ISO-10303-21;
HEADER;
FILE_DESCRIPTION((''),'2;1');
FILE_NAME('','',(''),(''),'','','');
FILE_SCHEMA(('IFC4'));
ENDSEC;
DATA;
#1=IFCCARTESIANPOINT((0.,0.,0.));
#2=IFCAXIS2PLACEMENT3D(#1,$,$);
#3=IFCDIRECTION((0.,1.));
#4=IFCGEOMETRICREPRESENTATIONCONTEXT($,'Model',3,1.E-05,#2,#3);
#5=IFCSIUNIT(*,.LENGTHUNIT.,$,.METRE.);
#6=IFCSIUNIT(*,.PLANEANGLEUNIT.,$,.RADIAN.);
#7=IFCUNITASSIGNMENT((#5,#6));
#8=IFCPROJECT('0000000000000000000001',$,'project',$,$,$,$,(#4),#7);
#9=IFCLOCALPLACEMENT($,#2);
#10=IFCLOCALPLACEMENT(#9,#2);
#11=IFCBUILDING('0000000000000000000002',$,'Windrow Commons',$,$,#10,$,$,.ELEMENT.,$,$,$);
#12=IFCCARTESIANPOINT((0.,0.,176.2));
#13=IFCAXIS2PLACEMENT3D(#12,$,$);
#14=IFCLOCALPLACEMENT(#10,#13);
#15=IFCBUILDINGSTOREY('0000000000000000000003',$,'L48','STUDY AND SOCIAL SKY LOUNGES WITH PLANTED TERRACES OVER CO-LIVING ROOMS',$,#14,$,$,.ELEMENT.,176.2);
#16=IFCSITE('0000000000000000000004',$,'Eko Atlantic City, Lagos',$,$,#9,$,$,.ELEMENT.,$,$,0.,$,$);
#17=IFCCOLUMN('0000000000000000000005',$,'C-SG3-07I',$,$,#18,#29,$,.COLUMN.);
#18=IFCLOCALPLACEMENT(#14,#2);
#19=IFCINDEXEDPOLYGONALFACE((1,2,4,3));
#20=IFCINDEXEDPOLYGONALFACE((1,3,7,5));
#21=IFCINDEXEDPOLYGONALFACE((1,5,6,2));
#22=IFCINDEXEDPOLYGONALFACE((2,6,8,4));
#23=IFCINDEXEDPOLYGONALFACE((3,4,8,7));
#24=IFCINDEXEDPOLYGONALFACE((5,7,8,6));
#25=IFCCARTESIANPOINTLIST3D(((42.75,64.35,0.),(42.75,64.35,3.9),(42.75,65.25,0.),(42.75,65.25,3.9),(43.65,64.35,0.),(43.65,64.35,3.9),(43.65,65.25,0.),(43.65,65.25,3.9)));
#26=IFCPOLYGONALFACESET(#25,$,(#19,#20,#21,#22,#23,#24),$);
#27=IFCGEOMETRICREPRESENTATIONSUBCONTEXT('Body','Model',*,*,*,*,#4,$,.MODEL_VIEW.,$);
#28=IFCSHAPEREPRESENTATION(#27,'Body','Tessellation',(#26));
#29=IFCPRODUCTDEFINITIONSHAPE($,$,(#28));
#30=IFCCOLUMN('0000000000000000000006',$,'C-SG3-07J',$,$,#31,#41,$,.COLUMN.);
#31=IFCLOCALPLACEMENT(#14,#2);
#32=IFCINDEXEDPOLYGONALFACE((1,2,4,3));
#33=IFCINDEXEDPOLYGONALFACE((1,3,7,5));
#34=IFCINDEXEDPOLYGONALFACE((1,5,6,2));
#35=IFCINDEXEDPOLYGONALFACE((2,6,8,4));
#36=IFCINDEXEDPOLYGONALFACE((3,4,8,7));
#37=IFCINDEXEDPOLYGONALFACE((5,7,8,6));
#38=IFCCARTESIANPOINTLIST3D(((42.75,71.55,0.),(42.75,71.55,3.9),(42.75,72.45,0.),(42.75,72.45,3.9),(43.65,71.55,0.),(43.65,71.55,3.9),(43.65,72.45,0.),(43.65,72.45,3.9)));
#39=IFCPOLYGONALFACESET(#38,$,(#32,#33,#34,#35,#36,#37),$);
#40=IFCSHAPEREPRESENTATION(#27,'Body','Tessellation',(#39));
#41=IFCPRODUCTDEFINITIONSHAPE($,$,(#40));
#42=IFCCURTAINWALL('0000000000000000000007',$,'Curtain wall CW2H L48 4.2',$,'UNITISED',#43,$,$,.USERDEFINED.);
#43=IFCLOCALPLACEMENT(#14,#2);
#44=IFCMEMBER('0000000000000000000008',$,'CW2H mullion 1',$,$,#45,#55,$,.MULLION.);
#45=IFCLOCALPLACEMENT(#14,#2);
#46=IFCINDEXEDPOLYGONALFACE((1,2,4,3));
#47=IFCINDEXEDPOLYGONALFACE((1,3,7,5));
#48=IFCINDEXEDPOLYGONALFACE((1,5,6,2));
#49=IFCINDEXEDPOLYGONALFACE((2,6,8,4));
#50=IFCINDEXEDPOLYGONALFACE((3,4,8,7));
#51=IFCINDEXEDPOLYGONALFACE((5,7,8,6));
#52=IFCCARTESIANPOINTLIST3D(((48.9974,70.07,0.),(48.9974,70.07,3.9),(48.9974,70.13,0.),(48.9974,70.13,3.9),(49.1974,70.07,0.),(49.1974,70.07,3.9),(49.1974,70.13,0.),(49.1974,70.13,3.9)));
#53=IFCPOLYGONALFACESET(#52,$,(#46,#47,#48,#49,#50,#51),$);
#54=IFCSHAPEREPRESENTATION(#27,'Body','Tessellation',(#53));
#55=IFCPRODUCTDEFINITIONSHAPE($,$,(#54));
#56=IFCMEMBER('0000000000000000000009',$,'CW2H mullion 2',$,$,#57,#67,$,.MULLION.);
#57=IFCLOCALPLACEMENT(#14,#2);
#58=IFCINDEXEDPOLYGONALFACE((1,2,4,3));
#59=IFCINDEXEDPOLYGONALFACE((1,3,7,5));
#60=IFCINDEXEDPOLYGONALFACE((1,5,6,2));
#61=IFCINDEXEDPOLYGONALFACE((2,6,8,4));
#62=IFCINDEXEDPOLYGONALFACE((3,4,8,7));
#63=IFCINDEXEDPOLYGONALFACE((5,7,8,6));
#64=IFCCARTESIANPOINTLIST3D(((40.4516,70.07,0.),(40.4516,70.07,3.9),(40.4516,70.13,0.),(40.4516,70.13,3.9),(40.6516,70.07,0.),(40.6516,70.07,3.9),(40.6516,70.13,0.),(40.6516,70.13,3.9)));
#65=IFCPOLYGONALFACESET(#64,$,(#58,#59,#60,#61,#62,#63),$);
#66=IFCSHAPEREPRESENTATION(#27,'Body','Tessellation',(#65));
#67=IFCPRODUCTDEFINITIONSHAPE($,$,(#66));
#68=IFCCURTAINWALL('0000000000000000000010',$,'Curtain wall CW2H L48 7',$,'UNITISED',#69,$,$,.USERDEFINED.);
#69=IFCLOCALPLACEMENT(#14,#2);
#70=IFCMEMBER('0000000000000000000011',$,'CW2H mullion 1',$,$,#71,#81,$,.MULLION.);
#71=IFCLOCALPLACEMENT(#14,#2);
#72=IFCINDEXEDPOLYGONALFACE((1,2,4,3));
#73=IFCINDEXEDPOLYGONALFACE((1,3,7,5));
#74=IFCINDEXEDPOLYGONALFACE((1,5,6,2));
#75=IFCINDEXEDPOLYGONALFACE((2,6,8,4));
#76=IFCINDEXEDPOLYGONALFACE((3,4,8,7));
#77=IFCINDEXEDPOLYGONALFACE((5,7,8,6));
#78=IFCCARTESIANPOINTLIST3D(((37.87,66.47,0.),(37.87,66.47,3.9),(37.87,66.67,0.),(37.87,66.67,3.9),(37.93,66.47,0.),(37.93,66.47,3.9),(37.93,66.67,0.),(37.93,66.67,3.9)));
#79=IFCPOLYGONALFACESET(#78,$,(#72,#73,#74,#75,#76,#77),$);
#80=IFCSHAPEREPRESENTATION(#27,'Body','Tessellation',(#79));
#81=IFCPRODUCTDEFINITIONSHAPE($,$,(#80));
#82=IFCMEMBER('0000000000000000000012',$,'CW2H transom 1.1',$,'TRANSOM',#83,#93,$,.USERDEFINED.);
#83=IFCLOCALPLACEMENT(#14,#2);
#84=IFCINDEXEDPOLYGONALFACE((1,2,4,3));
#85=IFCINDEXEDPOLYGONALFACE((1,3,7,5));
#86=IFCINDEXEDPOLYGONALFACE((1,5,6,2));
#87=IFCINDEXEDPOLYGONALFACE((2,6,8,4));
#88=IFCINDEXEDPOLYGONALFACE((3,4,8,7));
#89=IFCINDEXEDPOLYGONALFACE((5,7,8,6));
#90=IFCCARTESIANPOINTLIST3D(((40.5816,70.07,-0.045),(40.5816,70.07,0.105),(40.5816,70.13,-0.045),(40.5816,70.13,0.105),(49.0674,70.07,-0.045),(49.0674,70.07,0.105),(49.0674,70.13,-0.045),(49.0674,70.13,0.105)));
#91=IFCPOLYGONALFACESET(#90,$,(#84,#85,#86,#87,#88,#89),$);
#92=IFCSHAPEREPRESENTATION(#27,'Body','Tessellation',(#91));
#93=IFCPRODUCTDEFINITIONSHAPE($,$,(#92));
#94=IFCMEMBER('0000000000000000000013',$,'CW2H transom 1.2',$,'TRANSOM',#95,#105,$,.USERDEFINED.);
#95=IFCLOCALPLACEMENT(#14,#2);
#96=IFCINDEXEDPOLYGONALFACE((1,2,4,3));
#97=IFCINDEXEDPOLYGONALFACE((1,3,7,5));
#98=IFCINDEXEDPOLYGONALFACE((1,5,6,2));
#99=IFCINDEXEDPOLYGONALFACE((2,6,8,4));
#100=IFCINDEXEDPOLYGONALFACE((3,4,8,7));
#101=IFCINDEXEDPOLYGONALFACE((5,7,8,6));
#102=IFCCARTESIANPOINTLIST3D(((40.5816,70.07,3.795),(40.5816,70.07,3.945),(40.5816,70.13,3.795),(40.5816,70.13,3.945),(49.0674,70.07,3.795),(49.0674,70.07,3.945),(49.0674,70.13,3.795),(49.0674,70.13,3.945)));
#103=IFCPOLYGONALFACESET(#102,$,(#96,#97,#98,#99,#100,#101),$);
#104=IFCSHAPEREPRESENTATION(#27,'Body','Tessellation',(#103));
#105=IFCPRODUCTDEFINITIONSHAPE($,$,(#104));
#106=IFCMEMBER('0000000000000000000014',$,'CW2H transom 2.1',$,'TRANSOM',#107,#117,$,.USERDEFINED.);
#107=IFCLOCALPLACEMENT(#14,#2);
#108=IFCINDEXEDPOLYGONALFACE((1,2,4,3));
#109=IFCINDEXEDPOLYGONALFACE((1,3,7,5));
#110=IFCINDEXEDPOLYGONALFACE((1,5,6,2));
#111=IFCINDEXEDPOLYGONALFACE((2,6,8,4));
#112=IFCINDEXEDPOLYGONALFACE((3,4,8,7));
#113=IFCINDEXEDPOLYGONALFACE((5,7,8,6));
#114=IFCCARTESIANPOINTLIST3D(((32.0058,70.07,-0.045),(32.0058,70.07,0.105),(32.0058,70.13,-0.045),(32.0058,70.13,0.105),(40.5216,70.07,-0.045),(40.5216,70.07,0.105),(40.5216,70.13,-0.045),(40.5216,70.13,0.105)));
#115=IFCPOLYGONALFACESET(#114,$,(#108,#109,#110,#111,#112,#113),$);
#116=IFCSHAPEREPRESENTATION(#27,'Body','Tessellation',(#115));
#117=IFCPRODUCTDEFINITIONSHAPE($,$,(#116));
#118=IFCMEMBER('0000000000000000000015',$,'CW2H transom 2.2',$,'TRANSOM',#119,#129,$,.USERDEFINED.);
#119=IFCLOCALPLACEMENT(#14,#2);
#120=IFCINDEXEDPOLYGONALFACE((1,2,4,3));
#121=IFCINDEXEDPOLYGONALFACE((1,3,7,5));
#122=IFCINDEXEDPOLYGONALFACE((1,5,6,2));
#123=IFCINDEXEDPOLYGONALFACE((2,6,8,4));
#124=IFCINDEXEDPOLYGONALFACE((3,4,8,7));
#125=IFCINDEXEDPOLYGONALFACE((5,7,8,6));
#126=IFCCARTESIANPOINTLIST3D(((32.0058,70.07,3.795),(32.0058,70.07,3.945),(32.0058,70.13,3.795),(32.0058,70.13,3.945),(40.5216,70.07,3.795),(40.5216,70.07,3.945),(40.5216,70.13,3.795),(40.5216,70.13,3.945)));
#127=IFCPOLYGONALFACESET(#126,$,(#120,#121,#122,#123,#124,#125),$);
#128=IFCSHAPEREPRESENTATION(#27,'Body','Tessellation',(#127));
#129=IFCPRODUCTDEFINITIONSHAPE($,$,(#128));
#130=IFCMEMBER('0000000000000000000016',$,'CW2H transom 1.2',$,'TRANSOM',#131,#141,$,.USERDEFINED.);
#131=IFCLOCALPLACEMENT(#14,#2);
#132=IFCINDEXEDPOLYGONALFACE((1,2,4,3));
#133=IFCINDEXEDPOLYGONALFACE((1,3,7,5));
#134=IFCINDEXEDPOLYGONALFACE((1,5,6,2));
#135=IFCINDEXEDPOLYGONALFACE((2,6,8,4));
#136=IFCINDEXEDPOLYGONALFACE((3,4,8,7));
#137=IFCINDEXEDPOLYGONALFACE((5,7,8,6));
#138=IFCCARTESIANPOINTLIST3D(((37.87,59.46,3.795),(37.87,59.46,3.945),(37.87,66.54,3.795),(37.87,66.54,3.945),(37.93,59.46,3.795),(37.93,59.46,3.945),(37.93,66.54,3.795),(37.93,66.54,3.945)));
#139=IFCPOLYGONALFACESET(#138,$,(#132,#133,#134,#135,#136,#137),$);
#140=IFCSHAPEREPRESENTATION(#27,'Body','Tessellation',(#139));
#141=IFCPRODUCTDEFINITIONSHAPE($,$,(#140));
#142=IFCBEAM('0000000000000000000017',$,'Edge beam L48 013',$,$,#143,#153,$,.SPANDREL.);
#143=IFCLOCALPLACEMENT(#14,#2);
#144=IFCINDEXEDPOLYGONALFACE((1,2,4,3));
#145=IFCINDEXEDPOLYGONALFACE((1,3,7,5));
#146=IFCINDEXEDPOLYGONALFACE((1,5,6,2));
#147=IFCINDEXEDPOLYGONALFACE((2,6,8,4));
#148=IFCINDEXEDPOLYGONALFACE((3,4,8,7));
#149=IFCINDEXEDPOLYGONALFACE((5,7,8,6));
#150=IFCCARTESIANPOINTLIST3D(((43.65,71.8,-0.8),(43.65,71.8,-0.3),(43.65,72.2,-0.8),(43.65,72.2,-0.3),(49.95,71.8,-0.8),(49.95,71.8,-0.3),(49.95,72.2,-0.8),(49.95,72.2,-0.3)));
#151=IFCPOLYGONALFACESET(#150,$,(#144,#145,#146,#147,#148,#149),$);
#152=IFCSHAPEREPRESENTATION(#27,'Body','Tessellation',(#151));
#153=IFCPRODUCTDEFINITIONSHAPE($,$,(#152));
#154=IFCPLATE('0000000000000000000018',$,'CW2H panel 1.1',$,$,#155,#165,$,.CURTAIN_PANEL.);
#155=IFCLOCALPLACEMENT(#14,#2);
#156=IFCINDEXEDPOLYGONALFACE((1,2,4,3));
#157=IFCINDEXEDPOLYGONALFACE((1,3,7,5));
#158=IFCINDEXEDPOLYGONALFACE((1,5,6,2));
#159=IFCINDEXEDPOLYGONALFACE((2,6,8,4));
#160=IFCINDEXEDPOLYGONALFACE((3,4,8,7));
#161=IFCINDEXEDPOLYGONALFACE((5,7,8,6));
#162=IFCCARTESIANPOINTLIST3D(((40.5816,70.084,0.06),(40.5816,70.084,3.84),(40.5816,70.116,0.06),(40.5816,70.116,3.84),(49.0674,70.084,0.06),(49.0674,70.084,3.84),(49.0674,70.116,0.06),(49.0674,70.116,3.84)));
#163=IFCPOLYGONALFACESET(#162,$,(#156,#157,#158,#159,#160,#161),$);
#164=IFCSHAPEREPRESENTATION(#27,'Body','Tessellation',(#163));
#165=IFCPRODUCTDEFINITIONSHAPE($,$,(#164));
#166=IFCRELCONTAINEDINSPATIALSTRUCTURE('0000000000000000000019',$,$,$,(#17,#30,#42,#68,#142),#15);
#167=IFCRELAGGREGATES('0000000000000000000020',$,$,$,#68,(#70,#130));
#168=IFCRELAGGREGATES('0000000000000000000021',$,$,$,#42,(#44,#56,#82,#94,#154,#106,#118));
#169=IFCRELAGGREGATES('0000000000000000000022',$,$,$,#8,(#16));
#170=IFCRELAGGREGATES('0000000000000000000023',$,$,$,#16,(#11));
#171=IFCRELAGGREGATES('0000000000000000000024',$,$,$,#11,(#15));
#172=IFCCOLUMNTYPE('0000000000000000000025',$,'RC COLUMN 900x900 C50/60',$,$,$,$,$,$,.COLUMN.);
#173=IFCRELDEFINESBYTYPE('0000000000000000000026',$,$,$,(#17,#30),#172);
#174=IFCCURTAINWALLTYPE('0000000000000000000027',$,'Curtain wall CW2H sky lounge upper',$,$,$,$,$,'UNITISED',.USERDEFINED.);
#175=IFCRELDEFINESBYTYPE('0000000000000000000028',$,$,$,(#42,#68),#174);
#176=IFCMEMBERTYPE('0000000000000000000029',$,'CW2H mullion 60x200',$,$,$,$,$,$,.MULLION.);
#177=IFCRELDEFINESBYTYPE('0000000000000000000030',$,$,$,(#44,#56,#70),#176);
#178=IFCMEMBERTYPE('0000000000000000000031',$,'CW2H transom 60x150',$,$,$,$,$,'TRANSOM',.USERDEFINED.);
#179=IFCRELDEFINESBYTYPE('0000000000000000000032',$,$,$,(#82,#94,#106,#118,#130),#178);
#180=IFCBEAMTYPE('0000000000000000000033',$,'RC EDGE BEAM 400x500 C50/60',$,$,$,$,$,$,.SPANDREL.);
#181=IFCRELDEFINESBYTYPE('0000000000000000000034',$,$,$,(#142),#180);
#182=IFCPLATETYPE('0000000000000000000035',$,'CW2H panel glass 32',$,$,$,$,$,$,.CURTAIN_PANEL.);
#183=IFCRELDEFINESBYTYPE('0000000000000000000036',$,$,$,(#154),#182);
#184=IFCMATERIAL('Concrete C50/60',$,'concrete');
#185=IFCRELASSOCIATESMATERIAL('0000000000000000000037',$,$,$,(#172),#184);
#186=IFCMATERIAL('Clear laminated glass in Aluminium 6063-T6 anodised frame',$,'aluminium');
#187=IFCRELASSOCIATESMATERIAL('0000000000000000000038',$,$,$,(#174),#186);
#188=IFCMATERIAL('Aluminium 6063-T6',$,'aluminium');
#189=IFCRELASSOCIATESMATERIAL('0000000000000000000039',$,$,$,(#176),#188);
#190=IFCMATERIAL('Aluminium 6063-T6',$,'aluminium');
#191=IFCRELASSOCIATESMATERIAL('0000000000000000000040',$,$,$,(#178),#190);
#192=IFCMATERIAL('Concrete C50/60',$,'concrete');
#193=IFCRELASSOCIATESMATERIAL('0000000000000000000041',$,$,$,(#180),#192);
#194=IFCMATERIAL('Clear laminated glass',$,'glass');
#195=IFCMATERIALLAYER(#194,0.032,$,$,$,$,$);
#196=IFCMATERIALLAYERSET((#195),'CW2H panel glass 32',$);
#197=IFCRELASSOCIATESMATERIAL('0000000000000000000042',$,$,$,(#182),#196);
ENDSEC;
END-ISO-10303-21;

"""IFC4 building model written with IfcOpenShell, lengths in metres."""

from ifc_helpers import new_model, si_unit, direction, frame, origin, origin_2d, place, context, subcontext, project, spatial, rectangle, extrude, material, layer, layer_set, material_profile, profile_set, type_object, element, aggregate, save


model = new_model("IFC4")

# Units and contexts
model_context = context("Model", 3, precision=1e-05, world=origin(), true_north=direction((0.0, 1.0)))
body_context = subcontext(model_context, "Body", "Model", "MODEL_VIEW")
ifc_project = project(units=[si_unit("LENGTHUNIT", "METRE"), si_unit("PLANEANGLEUNIT", "RADIAN")], contexts=[model_context])

# Site, building, storey
site_placement = place(None, origin())
site = spatial("IfcSite", under=ifc_project, at=site_placement, Name="Eko Atlantic City, Lagos", CompositionType="ELEMENT", RefElevation=0.0)
building_placement = place(site_placement, origin())
building = spatial("IfcBuilding", under=site, at=building_placement, Name="Windrow Commons", CompositionType="ELEMENT")
storey_placement = place(building_placement, frame((0.0, 0.0, 176.2)))
storey = spatial("IfcBuildingStorey", under=building, at=storey_placement, Name="L48", Description="STUDY AND SOCIAL SKY LOUNGES WITH PLANTED TERRACES OVER CO-LIVING ROOMS", CompositionType="ELEMENT", Elevation=176.2)

# Columns
ifc_material_1 = material(Name="Concrete C50/60", Category="concrete")
ifc_material_profile_1 = material_profile(ifc_material_1, rectangle(XDim=0.9, YDim=0.9, at=origin_2d()))
ifc_profile_set_1 = profile_set([ifc_material_profile_1], Name="Concrete C50/60")
column_type = type_object("IfcColumnType", Name="RC COLUMN 900x900 C50/60", PredefinedType="COLUMN", material=ifc_profile_set_1)
for number, where, z_axis, x_axis, name in (
    (1, (43.2, 64.8, 0.0), (0.0, 0.0, 1.0), (1.0, 0.0, 0.0), "C-SG3-07I"),
    (2, (43.2, 72.0, 0.0), (0.0, 0.0, 1.0), (1.0, 0.0, 0.0), "C-SG3-07J"),
):
    element("IfcColumn", number, at=place(storey_placement, frame(where, z_axis=z_axis, x_axis=x_axis)), inside=storey, type_object=column_type, Name=name, PredefinedType="COLUMN", context=body_context, shape_type="SweptSolid", body=[
        extrude(rectangle(XDim=0.9, YDim=0.9, at=origin_2d()), origin(), (0.0, 0.0, 1.0), 3.9),
    ])

# Curtain wall, members
ifc_material_2 = material(Name="Clear laminated glass in Aluminium 6063-T6 anodised frame", Category="aluminium")
curtain_wall_type = type_object("IfcCurtainWallType", Name="Curtain wall CW2H sky lounge upper", ElementType="UNITISED", PredefinedType="USERDEFINED", material=ifc_material_2)
placement = place(storey_placement, origin())
curtain_wall_1 = element("IfcCurtainWall", 3, at=placement, inside=storey, type_object=curtain_wall_type, Name="Curtain wall CW2H L48 4.2", ObjectType="UNITISED", PredefinedType="USERDEFINED")
ifc_material_3 = material(Name="Aluminium 6063-T6", Category="aluminium")
ifc_material_profile_2 = material_profile(ifc_material_3, rectangle(XDim=0.06, YDim=0.2, at=origin_2d()))
ifc_profile_set_2 = profile_set([ifc_material_profile_2], Name="Aluminium 6063-T6")
member_type_1 = type_object("IfcMemberType", Name="CW2H mullion 60x200", PredefinedType="MULLION", material=ifc_profile_set_2)
member_1_placement = place(storey_placement, frame((49.0974, 70.1, 0.0), z_axis=(0.0, 0.0, 1.0), x_axis=(0.0, -1.0, 0.0)))
member_1 = element("IfcMember", 4, at=member_1_placement, type_object=member_type_1, Name="CW2H mullion 1", PredefinedType="MULLION", context=body_context, shape_type="SweptSolid", body=[
    extrude(rectangle(XDim=0.06, YDim=0.2, at=origin_2d()), origin(), (0.0, 0.0, 1.0), 3.9),
])
member_2_placement = place(storey_placement, frame((40.5516, 70.1, 0.0), z_axis=(0.0, 0.0, 1.0), x_axis=(0.0, -1.0, 0.0)))
member_2 = element("IfcMember", 5, at=member_2_placement, type_object=member_type_1, Name="CW2H mullion 2", PredefinedType="MULLION", context=body_context, shape_type="SweptSolid", body=[
    extrude(rectangle(XDim=0.06, YDim=0.2, at=origin_2d()), origin(), (0.0, 0.0, 1.0), 3.9),
])

# Curtain wall, member
curtain_wall_2 = element("IfcCurtainWall", 6, at=placement, inside=storey, type_object=curtain_wall_type, Name="Curtain wall CW2H L48 7", ObjectType="UNITISED", PredefinedType="USERDEFINED")
member_3_placement = place(storey_placement, frame((37.9, 66.57, 0.0), z_axis=(0.0, 0.0, 1.0), x_axis=(1.0, 0.0, 0.0)))
member_3 = element("IfcMember", 7, at=member_3_placement, type_object=member_type_1, Name="CW2H mullion 1", PredefinedType="MULLION", context=body_context, shape_type="SweptSolid", body=[
    extrude(rectangle(XDim=0.06, YDim=0.2, at=origin_2d()), origin(), (0.0, 0.0, 1.0), 3.9),
])

# Members
ifc_material_4 = material(Name="Aluminium 6063-T6", Category="aluminium")
ifc_material_profile_3 = material_profile(ifc_material_4, rectangle(XDim=0.06, YDim=0.15, at=origin_2d()))
ifc_profile_set_3 = profile_set([ifc_material_profile_3], Name="Aluminium 6063-T6")
member_type_2 = type_object("IfcMemberType", Name="CW2H transom 60x150", ElementType="TRANSOM", PredefinedType="USERDEFINED", material=ifc_profile_set_3)
member_4_placement = place(storey_placement, frame((49.0674, 70.1, 0.03), z_axis=(-1.0, 0.0, 0.0), x_axis=(0.0, -1.0, 0.0)))
member_4 = element("IfcMember", 8, at=member_4_placement, type_object=member_type_2, Name="CW2H transom 1.1", ObjectType="TRANSOM", PredefinedType="USERDEFINED", context=body_context, shape_type="SweptSolid", body=[
    extrude(rectangle(XDim=0.06, YDim=0.15, at=origin_2d()), origin(), (0.0, 0.0, 1.0), 8.4858),
])
member_5_placement = place(storey_placement, frame((49.0674, 70.1, 3.87), z_axis=(-1.0, 0.0, 0.0), x_axis=(0.0, -1.0, 0.0)))
member_5 = element("IfcMember", 9, at=member_5_placement, type_object=member_type_2, Name="CW2H transom 1.2", ObjectType="TRANSOM", PredefinedType="USERDEFINED", context=body_context, shape_type="SweptSolid", body=[
    extrude(rectangle(XDim=0.06, YDim=0.15, at=origin_2d()), origin(), (0.0, 0.0, 1.0), 8.4858),
])
member_6_placement = place(storey_placement, frame((40.5216, 70.1, 0.03), z_axis=(-1.0, 0.0, 0.0), x_axis=(0.0, -1.0, 0.0)))
member_6 = element("IfcMember", 10, at=member_6_placement, type_object=member_type_2, Name="CW2H transom 2.1", ObjectType="TRANSOM", PredefinedType="USERDEFINED", context=body_context, shape_type="SweptSolid", body=[
    extrude(rectangle(XDim=0.06, YDim=0.15, at=origin_2d()), origin(), (0.0, 0.0, 1.0), 8.5158),
])
member_7_placement = place(storey_placement, frame((40.5216, 70.1, 3.87), z_axis=(-1.0, 0.0, 0.0), x_axis=(0.0, -1.0, 0.0)))
member_7 = element("IfcMember", 11, at=member_7_placement, type_object=member_type_2, Name="CW2H transom 2.2", ObjectType="TRANSOM", PredefinedType="USERDEFINED", context=body_context, shape_type="SweptSolid", body=[
    extrude(rectangle(XDim=0.06, YDim=0.15, at=origin_2d()), origin(), (0.0, 0.0, 1.0), 8.5158),
])
member_8_placement = place(storey_placement, frame((37.9, 66.54, 3.87), z_axis=(0.0, -1.0, 0.0), x_axis=(1.0, 0.0, 0.0)))
member_8 = element("IfcMember", 12, at=member_8_placement, type_object=member_type_2, Name="CW2H transom 1.2", ObjectType="TRANSOM", PredefinedType="USERDEFINED", context=body_context, shape_type="SweptSolid", body=[
    extrude(rectangle(XDim=0.06, YDim=0.15, at=origin_2d()), origin(), (0.0, 0.0, 1.0), 7.08),
])
aggregate(curtain_wall_2, [member_3, member_8])

# Beam
ifc_material_5 = material(Name="Concrete C50/60", Category="concrete")
ifc_material_profile_4 = material_profile(ifc_material_5, rectangle(XDim=0.4, YDim=0.5, at=origin_2d()))
ifc_profile_set_4 = profile_set([ifc_material_profile_4], Name="Concrete C50/60")
beam_type = type_object("IfcBeamType", Name="RC EDGE BEAM 400x500 C50/60", PredefinedType="SPANDREL", material=ifc_profile_set_4)
beam_placement = place(storey_placement, frame((43.65, 72.0, -0.55), z_axis=(1.0, 0.0, 0.0), x_axis=(0.0, 1.0, 0.0)))
element("IfcBeam", 13, at=beam_placement, inside=storey, type_object=beam_type, Name="Edge beam L48 013", PredefinedType="SPANDREL", context=body_context, shape_type="SweptSolid", body=[
    extrude(rectangle(XDim=0.4, YDim=0.5, at=origin_2d()), origin(), (0.0, 0.0, 1.0), 6.3),
])

# Plate
ifc_material_6 = material(Name="Clear laminated glass", Category="glass")
ifc_layer_1 = layer(ifc_material_6, 0.032)
ifc_layer_set_1 = layer_set([ifc_layer_1], Name="CW2H panel glass 32")
plate_type = type_object("IfcPlateType", Name="CW2H panel glass 32", PredefinedType="CURTAIN_PANEL", material=ifc_layer_set_1)
plate_placement = place(storey_placement, frame((44.8245, 70.1, 0.06), z_axis=(0.0, 0.0, 1.0), x_axis=(-1.0, 0.0, 0.0)))
plate = element("IfcPlate", 14, at=plate_placement, type_object=plate_type, Name="CW2H panel 1.1", PredefinedType="CURTAIN_PANEL", context=body_context, shape_type="SweptSolid", body=[
    extrude(rectangle(XDim=8.4858, YDim=0.032, at=origin_2d()), origin(), (0.0, 0.0, 1.0), 3.78),
])
aggregate(curtain_wall_1, [member_1, member_2, member_4, member_5, plate, member_6, member_7])

save(model, "model.ifc")
